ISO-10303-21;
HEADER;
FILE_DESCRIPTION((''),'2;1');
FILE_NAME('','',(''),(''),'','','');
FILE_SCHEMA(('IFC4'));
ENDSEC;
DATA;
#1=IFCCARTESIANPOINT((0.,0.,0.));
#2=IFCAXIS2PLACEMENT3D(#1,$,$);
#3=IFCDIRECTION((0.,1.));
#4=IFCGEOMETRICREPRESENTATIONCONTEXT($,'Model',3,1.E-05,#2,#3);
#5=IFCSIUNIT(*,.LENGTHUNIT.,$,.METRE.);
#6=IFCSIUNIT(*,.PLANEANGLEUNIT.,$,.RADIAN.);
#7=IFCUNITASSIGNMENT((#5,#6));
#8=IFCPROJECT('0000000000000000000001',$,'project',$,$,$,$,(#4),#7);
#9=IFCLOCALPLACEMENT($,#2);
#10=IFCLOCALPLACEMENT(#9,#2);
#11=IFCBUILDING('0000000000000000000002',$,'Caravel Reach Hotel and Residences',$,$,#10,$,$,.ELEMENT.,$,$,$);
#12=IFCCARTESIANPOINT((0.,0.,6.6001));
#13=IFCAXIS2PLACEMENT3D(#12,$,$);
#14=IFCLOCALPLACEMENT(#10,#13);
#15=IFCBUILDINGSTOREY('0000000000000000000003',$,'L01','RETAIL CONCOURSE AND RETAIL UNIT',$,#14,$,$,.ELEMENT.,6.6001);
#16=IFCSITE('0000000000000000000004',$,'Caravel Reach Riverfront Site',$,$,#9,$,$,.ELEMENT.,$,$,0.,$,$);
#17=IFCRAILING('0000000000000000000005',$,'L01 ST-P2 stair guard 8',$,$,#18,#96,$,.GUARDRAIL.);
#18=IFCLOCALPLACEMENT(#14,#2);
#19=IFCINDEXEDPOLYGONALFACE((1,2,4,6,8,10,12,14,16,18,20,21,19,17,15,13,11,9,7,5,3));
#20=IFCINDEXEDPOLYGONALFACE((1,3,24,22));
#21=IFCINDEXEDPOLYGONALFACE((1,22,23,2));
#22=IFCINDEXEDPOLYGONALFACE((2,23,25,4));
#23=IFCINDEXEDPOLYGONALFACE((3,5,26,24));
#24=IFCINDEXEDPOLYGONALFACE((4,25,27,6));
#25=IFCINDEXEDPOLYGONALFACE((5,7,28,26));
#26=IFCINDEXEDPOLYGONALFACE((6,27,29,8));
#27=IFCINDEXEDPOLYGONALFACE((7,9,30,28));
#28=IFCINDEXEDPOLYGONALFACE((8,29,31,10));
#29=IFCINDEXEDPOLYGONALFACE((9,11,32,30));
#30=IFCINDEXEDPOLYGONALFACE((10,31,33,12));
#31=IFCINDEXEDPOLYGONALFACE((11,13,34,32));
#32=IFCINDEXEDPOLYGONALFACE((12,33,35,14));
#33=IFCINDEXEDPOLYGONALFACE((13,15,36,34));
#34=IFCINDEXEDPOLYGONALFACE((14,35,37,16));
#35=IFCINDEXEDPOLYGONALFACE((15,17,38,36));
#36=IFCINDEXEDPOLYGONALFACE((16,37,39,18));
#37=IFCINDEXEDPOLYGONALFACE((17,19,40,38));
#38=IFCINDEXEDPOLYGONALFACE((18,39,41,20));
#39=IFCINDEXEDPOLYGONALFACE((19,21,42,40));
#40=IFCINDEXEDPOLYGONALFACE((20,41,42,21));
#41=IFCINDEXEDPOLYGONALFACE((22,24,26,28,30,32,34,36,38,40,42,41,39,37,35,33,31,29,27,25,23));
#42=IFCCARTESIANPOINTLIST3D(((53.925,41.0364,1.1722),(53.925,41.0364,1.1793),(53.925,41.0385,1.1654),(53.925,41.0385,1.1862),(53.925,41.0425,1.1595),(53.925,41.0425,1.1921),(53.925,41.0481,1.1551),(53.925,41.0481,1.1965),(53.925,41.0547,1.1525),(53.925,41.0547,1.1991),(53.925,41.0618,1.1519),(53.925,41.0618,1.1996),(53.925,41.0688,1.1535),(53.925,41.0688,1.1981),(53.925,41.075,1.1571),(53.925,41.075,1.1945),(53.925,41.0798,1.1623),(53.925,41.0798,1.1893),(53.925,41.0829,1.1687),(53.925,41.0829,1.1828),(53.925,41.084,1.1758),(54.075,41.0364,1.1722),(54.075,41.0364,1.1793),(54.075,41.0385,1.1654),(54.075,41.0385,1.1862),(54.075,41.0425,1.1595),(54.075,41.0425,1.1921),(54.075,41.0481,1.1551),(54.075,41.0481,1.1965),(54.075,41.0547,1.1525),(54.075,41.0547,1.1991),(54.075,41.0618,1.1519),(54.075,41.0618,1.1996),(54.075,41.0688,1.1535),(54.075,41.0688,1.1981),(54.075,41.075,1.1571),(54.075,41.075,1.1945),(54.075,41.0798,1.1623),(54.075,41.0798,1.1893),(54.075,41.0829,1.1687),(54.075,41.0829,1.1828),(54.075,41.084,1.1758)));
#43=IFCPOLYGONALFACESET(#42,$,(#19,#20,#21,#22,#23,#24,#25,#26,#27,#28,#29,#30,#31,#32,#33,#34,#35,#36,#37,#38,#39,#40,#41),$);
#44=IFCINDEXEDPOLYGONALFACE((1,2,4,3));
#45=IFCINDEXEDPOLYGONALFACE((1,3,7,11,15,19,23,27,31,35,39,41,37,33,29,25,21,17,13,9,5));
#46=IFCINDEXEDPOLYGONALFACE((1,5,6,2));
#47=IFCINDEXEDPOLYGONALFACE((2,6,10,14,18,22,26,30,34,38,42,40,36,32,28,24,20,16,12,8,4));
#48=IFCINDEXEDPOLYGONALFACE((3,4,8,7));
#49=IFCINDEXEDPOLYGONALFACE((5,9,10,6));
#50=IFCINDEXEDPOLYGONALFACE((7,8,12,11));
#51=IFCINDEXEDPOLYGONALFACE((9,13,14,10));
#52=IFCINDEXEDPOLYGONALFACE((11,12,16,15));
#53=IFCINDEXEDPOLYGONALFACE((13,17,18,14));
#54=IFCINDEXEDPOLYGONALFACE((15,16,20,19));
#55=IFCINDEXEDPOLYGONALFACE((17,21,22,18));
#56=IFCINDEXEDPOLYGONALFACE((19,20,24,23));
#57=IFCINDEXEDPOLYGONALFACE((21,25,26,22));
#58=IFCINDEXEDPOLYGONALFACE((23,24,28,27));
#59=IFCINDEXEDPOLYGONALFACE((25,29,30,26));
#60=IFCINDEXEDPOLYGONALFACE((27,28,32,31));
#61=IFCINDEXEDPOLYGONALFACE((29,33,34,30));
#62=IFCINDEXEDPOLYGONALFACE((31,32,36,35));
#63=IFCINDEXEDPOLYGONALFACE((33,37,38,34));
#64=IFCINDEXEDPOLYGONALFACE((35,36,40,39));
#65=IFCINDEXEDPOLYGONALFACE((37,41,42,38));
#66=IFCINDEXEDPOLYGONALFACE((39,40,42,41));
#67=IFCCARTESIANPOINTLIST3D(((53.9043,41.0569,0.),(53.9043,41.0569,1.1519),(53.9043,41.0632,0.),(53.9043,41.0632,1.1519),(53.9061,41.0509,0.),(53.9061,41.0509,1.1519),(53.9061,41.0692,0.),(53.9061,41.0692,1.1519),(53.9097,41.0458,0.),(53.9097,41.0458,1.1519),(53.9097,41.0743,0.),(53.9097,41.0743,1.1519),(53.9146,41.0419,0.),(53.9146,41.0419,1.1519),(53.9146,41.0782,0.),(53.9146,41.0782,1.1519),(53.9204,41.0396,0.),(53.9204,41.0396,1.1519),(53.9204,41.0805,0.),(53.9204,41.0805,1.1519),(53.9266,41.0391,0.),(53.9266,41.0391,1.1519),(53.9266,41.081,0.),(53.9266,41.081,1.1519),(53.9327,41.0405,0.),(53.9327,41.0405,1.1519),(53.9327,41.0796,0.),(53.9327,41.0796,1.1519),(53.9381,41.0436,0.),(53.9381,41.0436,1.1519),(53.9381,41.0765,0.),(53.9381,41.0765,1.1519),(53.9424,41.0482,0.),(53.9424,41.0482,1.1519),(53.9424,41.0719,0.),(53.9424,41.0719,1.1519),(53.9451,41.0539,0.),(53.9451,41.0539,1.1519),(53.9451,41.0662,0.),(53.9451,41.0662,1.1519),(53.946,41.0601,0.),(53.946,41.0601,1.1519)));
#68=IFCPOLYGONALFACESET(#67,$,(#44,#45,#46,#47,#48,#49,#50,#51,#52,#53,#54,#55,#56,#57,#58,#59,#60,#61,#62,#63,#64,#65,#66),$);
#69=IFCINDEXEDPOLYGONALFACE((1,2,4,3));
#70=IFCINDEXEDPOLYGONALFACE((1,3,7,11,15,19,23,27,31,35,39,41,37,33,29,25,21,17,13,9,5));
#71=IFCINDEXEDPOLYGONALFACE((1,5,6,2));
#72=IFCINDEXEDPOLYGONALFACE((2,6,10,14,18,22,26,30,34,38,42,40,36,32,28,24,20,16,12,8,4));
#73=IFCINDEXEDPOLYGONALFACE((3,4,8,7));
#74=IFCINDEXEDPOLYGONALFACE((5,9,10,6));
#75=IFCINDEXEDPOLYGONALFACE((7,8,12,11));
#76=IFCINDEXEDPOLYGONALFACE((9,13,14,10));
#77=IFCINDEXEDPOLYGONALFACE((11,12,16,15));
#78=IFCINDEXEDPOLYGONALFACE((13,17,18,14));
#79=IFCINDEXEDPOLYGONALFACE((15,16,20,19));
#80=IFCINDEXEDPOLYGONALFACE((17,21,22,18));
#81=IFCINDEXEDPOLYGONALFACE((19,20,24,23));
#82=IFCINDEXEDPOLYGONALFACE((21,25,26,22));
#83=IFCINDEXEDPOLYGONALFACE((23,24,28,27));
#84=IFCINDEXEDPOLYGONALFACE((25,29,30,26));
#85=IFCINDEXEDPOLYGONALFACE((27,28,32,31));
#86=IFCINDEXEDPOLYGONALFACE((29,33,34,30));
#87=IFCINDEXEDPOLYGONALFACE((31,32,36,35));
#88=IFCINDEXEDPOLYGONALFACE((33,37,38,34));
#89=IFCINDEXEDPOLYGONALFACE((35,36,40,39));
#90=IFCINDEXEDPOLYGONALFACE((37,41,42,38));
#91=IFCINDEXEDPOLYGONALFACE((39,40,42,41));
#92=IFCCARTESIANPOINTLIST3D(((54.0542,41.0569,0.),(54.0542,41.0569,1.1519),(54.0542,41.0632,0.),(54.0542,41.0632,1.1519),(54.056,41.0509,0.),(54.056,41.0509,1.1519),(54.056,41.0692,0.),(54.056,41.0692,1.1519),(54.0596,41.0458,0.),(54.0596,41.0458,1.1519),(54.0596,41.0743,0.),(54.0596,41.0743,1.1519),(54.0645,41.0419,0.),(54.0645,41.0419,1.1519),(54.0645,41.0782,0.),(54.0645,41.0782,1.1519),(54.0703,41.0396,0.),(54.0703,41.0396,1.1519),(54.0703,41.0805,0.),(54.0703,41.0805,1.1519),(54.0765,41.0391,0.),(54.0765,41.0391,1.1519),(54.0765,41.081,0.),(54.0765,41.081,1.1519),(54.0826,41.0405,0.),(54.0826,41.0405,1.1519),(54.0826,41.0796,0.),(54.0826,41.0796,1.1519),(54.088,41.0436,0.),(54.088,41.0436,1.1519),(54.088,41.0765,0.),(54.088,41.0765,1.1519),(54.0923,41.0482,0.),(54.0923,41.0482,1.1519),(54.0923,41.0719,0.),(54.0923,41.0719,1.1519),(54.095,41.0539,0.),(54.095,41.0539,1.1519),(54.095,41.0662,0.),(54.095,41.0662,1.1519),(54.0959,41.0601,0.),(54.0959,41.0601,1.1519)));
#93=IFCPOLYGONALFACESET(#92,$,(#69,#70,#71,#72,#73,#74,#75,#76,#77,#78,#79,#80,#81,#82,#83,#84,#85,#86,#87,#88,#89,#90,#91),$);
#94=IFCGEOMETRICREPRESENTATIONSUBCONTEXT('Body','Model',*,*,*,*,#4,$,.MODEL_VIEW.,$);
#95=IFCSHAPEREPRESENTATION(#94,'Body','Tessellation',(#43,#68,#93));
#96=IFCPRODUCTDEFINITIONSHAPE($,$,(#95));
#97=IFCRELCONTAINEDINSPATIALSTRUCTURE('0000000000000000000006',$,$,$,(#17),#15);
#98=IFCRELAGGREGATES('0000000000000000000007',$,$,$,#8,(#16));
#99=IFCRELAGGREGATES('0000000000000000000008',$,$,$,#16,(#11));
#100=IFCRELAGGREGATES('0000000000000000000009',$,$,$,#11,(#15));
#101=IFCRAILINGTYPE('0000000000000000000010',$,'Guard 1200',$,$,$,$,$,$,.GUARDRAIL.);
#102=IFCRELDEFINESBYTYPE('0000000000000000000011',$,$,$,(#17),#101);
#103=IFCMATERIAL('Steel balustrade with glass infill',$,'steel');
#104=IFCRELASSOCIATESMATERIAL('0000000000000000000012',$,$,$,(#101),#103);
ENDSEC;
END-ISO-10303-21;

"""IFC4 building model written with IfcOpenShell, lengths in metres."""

from ifc_helpers import new_model, si_unit, direction, frame, origin, origin_2d, place, context, subcontext, project, spatial, circle, extrude, material, type_object, element, save


model = new_model("IFC4")

# Units and contexts
model_context = context("Model", 3, precision=1e-05, world=origin(), true_north=direction((0.0, 1.0)))
body_context = subcontext(model_context, "Body", "Model", "MODEL_VIEW")
ifc_project = project(units=[si_unit("LENGTHUNIT", "METRE"), si_unit("PLANEANGLEUNIT", "RADIAN")], contexts=[model_context])

# Site, building, storey
site_placement = place(None, origin())
site = spatial("IfcSite", under=ifc_project, at=site_placement, Name="Caravel Reach Riverfront Site", CompositionType="ELEMENT", RefElevation=0.0)
building_placement = place(site_placement, origin())
building = spatial("IfcBuilding", under=site, at=building_placement, Name="Caravel Reach Hotel and Residences", CompositionType="ELEMENT")
storey_placement = place(building_placement, frame((0.0, 0.0, 6.6001)))
storey = spatial("IfcBuildingStorey", under=building, at=storey_placement, Name="L01", Description="RETAIL CONCOURSE AND RETAIL UNIT", CompositionType="ELEMENT", Elevation=6.6001)

# Railing
ifc_material_1 = material(Name="Steel balustrade with glass infill", Category="steel")
railing_type = type_object("IfcRailingType", Name="Guard 1200", PredefinedType="GUARDRAIL", material=ifc_material_1)
railing_placement = place(storey_placement, frame((53.925, 41.0601, 0.0)))
element("IfcRailing", 1, at=railing_placement, inside=storey, type_object=railing_type, Name="L01 ST-P2 stair guard 8", PredefinedType="GUARDRAIL", context=body_context, shape_type="SweptSolid", body=[
    extrude(circle(Radius=0.0239, at=origin_2d()), frame((0.0, 0.0, 1.1758), z_axis=(1.0, 0.0, 0.0), x_axis=(0.0, 1.0, 0.0)), (0.0, 0.0, 1.0), 0.1499),
    extrude(circle(Radius=0.021, at=origin_2d()), origin(), (0.0, 0.0, 1.0), 1.1519),
    extrude(circle(Radius=0.021, at=origin_2d()), frame((0.1499, 0.0, 0.0)), (0.0, 0.0, 1.0), 1.1519),
])

save(model, "model.ifc")
